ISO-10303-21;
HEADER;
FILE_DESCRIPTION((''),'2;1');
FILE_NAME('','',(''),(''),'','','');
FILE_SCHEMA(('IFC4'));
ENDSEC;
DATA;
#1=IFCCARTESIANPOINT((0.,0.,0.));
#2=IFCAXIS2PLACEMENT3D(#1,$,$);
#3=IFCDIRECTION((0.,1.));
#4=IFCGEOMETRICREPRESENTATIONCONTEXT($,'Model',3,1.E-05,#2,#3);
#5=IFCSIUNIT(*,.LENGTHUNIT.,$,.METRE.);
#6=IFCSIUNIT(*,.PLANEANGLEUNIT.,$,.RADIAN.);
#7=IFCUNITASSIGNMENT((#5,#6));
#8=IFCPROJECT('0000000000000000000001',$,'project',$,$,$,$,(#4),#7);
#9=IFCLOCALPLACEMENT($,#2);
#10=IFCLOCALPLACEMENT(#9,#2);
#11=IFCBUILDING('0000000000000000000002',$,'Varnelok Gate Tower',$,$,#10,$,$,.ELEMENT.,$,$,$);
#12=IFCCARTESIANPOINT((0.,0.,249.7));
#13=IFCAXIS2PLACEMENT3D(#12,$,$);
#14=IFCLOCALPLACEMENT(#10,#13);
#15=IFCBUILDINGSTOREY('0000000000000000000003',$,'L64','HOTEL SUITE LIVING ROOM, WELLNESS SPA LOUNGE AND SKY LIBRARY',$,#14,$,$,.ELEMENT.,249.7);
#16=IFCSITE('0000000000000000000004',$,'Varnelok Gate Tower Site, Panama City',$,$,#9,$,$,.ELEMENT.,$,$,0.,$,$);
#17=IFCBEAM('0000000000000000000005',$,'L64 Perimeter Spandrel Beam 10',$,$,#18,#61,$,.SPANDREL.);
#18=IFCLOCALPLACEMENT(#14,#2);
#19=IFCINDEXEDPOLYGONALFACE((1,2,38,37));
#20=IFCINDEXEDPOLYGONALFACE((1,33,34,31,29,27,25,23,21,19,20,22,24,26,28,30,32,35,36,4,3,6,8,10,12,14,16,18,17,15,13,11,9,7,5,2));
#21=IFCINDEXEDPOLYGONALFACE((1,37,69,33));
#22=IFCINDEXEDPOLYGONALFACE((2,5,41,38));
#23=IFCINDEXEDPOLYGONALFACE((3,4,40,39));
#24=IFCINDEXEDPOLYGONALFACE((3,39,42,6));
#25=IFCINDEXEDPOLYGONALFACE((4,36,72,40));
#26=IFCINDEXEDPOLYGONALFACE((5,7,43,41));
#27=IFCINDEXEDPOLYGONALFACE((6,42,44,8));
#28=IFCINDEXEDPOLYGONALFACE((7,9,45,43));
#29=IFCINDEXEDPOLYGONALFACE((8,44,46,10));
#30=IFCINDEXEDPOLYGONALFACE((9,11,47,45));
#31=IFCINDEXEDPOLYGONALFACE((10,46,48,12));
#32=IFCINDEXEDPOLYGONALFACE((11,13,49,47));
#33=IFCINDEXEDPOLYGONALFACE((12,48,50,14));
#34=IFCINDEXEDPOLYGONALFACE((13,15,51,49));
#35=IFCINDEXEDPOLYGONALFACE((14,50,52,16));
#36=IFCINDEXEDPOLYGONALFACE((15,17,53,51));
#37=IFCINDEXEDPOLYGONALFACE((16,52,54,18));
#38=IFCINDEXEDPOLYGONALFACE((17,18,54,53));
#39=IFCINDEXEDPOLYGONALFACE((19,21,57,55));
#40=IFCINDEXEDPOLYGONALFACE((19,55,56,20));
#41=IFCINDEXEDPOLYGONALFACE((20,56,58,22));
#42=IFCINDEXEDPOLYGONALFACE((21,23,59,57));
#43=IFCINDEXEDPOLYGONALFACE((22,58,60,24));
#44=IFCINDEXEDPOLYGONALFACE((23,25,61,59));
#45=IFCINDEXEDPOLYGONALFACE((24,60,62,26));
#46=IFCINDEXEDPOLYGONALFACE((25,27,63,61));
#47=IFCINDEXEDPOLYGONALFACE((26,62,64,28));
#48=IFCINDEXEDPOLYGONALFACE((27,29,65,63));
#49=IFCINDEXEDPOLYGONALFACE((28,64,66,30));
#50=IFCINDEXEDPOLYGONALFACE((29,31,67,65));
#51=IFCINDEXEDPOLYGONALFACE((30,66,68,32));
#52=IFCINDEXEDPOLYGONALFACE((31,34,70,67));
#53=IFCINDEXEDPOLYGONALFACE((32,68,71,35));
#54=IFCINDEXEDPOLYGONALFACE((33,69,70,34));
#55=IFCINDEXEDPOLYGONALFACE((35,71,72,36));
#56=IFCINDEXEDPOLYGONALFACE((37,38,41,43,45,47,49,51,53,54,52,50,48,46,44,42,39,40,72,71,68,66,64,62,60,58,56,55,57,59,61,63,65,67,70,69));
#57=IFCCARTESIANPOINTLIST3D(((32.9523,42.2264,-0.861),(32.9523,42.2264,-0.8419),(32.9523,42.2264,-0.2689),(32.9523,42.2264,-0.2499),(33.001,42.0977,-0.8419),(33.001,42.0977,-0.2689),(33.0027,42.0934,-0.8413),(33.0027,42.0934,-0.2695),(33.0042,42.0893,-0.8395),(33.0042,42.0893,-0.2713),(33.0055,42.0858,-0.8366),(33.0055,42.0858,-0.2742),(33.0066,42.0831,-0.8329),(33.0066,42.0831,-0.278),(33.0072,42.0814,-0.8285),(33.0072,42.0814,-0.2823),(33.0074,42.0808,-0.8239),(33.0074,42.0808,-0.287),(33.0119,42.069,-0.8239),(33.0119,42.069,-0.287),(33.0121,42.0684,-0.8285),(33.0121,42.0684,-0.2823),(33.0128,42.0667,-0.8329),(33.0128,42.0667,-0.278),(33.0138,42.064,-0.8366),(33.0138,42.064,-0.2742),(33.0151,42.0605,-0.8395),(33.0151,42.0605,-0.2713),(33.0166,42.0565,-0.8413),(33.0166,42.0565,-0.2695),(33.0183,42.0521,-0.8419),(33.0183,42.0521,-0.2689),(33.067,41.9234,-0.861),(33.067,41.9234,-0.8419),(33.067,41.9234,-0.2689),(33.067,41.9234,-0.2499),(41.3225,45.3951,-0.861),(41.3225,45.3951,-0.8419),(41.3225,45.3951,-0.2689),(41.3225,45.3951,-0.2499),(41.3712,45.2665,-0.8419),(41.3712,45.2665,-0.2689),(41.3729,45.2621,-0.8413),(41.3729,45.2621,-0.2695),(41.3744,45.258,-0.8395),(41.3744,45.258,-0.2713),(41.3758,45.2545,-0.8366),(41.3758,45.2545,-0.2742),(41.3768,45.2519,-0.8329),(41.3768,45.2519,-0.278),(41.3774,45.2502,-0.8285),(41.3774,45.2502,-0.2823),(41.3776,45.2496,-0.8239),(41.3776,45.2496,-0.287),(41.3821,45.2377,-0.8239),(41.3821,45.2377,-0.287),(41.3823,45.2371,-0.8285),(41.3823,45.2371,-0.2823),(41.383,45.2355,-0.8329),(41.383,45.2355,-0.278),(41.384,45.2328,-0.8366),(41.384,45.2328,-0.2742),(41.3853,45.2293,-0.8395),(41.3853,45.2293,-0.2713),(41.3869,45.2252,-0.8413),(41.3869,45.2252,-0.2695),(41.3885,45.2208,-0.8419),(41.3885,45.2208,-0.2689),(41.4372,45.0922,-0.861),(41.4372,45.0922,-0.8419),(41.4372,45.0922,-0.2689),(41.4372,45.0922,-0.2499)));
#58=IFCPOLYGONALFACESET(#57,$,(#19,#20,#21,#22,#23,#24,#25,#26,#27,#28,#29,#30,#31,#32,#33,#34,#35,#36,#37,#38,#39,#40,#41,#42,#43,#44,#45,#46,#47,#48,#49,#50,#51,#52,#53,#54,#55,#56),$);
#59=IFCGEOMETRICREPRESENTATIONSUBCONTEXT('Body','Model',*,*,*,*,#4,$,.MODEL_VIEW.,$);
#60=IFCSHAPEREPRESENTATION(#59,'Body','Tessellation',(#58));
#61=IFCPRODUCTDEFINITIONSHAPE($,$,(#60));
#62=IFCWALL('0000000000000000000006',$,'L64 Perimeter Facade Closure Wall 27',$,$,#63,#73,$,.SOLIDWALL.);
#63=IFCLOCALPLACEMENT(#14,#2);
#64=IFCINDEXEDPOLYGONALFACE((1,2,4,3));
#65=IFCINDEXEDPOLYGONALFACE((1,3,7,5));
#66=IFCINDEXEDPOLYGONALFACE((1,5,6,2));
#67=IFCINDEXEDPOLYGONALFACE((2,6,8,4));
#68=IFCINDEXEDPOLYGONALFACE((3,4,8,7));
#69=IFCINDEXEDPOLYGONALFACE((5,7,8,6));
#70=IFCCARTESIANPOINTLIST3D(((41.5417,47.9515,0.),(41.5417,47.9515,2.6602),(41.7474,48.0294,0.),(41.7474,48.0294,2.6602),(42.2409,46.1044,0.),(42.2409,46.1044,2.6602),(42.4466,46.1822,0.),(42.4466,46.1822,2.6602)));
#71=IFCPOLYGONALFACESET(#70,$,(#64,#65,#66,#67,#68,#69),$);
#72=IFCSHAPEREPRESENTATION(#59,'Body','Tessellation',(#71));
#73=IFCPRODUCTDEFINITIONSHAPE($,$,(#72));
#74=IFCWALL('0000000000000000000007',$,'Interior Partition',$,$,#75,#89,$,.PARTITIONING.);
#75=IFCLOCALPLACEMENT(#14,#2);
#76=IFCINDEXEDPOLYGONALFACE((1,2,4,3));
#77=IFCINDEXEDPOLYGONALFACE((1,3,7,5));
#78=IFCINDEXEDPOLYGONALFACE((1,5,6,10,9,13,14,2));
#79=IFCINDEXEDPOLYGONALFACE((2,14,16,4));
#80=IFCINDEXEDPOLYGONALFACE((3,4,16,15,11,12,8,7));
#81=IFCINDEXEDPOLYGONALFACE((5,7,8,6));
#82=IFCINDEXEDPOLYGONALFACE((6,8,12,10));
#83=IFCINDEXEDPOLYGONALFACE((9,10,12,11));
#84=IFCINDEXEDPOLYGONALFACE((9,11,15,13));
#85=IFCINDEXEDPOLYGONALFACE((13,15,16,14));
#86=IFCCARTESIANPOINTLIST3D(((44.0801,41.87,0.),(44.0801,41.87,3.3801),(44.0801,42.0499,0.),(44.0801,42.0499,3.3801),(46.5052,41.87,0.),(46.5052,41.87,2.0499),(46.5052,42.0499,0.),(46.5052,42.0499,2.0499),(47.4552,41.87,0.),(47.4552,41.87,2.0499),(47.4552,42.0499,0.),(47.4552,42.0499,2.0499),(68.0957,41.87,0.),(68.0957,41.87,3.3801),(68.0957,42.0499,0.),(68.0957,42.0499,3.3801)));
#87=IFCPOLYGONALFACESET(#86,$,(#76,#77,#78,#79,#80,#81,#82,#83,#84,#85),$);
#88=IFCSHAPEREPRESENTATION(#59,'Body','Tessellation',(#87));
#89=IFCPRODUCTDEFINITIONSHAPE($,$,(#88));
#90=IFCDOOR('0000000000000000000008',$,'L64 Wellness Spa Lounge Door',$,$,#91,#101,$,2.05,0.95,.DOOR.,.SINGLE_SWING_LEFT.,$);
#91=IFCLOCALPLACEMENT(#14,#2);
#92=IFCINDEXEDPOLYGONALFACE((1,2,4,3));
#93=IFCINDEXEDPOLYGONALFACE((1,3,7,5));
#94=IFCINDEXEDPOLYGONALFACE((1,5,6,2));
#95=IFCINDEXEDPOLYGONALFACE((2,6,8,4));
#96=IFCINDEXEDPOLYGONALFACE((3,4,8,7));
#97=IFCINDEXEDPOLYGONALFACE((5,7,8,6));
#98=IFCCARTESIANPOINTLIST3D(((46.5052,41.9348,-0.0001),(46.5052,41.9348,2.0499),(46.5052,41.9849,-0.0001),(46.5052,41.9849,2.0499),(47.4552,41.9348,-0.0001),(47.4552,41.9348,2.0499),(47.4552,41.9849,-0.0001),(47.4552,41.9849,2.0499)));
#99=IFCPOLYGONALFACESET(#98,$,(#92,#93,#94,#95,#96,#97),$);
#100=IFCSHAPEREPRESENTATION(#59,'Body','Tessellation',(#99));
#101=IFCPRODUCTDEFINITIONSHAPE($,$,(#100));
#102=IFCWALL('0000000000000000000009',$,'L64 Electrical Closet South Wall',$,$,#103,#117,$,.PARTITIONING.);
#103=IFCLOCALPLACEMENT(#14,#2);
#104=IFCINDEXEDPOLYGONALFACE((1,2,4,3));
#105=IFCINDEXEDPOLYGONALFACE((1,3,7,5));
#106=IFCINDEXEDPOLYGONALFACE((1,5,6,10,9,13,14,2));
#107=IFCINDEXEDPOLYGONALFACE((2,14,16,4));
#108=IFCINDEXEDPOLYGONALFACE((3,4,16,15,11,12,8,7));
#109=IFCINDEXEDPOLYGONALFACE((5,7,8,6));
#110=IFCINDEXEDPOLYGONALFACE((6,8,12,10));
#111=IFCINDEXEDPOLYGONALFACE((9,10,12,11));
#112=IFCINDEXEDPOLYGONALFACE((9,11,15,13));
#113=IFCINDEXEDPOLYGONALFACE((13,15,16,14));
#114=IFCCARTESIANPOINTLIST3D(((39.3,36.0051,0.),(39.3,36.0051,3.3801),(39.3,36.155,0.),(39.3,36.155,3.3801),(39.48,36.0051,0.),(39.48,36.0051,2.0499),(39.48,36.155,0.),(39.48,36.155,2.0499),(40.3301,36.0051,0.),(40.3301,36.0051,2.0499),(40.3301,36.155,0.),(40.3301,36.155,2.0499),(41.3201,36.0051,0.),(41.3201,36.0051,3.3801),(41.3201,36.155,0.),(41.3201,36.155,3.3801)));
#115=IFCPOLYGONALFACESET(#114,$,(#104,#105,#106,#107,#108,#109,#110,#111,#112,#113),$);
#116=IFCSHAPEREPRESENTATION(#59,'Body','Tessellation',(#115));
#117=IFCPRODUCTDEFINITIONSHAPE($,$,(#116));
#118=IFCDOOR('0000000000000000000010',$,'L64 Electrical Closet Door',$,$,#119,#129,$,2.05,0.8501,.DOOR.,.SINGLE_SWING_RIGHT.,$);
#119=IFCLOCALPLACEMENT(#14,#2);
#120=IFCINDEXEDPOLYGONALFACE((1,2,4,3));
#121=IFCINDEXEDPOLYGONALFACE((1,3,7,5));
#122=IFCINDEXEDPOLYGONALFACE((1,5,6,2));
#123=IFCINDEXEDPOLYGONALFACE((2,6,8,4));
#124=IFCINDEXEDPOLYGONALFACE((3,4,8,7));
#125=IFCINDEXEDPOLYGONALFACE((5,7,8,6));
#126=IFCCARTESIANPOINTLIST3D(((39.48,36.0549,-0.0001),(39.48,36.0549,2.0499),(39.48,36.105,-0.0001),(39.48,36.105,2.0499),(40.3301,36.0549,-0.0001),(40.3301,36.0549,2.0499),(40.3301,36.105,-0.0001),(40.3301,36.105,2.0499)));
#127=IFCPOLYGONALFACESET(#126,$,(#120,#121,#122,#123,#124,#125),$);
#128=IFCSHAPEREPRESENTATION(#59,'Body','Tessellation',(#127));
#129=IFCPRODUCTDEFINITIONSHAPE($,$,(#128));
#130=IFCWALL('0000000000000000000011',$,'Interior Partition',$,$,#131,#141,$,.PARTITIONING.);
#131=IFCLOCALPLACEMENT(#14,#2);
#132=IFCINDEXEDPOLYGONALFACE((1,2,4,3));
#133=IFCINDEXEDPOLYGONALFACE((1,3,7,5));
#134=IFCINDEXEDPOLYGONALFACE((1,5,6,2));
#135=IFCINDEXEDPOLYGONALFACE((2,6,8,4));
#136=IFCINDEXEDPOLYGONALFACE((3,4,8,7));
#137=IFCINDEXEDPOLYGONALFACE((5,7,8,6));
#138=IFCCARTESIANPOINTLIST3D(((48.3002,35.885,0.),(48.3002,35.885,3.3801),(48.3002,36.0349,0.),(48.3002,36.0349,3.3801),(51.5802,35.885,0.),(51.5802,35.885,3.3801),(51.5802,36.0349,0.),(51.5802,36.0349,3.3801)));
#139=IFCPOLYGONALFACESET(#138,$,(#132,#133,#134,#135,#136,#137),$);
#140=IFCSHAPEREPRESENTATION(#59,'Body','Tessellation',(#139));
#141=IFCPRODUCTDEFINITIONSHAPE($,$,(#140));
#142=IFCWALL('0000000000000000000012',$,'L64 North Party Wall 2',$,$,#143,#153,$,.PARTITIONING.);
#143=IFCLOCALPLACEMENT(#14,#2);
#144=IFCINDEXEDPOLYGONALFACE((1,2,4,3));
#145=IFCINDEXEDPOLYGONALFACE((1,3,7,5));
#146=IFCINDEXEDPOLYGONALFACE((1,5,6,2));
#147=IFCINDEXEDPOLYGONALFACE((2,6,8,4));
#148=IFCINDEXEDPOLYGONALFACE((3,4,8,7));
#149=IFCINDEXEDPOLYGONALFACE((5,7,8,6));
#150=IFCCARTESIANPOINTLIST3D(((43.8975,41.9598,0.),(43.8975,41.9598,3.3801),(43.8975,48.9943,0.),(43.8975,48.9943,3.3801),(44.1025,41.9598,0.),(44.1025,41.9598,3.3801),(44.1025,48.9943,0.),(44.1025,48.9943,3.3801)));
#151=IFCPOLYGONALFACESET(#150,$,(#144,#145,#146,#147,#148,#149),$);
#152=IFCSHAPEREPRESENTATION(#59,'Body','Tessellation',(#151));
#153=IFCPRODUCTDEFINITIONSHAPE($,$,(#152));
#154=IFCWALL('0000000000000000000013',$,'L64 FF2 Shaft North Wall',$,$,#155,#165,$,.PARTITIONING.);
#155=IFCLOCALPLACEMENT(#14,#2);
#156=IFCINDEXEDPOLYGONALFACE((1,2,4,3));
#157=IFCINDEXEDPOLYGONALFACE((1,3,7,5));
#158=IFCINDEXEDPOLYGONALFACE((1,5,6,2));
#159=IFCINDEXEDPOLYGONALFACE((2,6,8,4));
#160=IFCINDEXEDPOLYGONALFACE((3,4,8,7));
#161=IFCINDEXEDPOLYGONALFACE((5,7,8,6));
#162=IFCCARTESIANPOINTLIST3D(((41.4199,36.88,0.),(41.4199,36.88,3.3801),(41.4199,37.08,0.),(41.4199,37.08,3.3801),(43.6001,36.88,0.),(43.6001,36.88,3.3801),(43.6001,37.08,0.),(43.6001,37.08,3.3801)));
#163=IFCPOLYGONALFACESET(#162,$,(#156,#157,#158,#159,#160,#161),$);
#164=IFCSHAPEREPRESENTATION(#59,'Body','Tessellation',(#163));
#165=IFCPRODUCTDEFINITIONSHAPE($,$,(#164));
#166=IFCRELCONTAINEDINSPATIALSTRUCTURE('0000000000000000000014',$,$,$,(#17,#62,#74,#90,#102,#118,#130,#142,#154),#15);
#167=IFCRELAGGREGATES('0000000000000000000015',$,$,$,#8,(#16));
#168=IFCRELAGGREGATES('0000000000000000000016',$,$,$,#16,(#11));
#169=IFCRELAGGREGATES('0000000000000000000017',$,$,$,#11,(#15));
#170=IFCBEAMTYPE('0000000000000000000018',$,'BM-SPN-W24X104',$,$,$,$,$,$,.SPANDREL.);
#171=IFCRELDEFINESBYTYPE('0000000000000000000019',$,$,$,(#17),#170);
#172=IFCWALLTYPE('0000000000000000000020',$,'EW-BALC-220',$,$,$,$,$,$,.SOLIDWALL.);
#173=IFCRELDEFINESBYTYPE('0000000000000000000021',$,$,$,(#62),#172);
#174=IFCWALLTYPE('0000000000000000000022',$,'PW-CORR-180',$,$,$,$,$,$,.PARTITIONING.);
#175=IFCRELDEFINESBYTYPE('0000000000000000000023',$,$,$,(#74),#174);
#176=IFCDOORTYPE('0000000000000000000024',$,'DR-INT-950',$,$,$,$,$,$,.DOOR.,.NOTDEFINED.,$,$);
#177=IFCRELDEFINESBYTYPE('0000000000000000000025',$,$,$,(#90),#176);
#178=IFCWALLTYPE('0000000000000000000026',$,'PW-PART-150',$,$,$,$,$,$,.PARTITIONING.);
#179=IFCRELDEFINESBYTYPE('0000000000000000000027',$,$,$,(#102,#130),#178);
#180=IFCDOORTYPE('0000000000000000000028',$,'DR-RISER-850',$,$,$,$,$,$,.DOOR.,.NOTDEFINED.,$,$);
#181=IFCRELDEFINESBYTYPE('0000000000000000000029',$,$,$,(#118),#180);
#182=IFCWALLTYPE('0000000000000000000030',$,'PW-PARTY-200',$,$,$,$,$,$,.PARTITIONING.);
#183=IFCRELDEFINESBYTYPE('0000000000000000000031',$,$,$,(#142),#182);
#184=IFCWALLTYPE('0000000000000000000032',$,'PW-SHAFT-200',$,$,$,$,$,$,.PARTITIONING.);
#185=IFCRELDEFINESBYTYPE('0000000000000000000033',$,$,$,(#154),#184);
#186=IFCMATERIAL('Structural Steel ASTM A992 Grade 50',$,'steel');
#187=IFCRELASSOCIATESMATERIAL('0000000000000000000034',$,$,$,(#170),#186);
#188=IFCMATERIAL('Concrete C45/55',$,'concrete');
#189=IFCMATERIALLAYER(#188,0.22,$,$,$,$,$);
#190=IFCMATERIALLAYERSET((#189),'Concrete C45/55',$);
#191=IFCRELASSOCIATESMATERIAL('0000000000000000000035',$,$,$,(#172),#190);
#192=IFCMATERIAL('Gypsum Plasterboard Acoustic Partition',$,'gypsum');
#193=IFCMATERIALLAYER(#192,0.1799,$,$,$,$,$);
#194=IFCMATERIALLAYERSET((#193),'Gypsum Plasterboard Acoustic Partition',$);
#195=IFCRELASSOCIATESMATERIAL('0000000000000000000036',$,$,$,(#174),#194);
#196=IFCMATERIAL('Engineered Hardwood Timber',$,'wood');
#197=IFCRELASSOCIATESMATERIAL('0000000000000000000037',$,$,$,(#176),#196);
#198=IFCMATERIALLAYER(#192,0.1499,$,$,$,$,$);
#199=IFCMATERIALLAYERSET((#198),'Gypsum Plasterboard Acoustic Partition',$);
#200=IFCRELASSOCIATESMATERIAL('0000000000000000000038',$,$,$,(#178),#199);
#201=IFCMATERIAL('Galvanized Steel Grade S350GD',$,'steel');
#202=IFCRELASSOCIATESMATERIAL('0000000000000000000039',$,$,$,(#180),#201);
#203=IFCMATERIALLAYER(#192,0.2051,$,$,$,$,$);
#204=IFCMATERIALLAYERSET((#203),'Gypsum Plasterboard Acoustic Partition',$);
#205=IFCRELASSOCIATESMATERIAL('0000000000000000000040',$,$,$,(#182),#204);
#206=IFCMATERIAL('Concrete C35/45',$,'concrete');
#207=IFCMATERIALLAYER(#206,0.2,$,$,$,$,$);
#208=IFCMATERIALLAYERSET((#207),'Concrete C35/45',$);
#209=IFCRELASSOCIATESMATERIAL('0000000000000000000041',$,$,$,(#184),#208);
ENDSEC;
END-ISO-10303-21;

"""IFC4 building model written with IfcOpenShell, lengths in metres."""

from ifc_helpers import new_model, si_unit, direction, frame, frame_2d, origin, origin_2d, place, context, subcontext, project, spatial, rectangle, i_section, extrude, material, layer, layer_set, material_profile, profile_set, type_object, element, fill, save


model = new_model("IFC4")

# Units and contexts
model_context = context("Model", 3, precision=1e-05, world=origin(), true_north=direction((0.0, 1.0)))
body_context = subcontext(model_context, "Body", "Model", "MODEL_VIEW")
ifc_project = project(units=[si_unit("LENGTHUNIT", "METRE"), si_unit("PLANEANGLEUNIT", "RADIAN")], contexts=[model_context])

# Site, building, storey
site_placement = place(None, origin())
site = spatial("IfcSite", under=ifc_project, at=site_placement, Name="Varnelok Gate Tower Site, Panama City", CompositionType="ELEMENT", RefElevation=0.0)
building_placement = place(site_placement, origin())
building = spatial("IfcBuilding", under=site, at=building_placement, Name="Varnelok Gate Tower", CompositionType="ELEMENT")
storey_placement = place(building_placement, frame((0.0, 0.0, 249.7)))
storey = spatial("IfcBuildingStorey", under=building, at=storey_placement, Name="L64", Description="HOTEL SUITE LIVING ROOM, WELLNESS SPA LOUNGE AND SKY LIBRARY", CompositionType="ELEMENT", Elevation=249.7)

# Shared definitions
ifc_material_1 = material(Name="Structural Steel ASTM A992 Grade 50", Category="steel")

# Beam
ifc_material_profile_1 = material_profile(ifc_material_1, i_section(OverallWidth=0.324, OverallDepth=0.6111, WebThickness=0.0127, FlangeThickness=0.019, FilletRadius=0.0181, at=origin_2d()), Name="W24X104")
ifc_profile_set_1 = profile_set([ifc_material_profile_1], Name="Structural Steel ASTM A992 Grade 50")
beam_type_1 = type_object("IfcBeamType", Name="BM-SPN-W24X104", PredefinedType="SPANDREL", material=ifc_profile_set_1)
beam_1_placement = place(storey_placement, frame((41.3799, 45.2437, -0.5554), z_axis=(-0.935226, -0.354051, 0.0), x_axis=(0.354051, -0.935226, 0.0)))
element("IfcBeam", 1, at=beam_1_placement, inside=storey, type_object=beam_type_1, Name="L64 Perimeter Spandrel Beam 10", PredefinedType="SPANDREL", context=body_context, shape_type="SweptSolid", body=[
    extrude(i_section(OverallWidth=0.324, OverallDepth=0.6111, WebThickness=0.0127, FlangeThickness=0.019, FilletRadius=0.0181, at=origin_2d()), origin(), (0.0, 0.0, 1.0), 8.95),
])

# Wall
ifc_material_2 = material(Name="Concrete C45/55", Category="concrete")
ifc_layer_1 = layer(ifc_material_2, 0.22)
ifc_layer_set_1 = layer_set([ifc_layer_1], Name="Concrete C45/55")
wall_type_1 = type_object("IfcWallType", Name="EW-BALC-220", PredefinedType="SOLIDWALL", material=ifc_layer_set_1)
wall_1_placement = place(storey_placement, frame((41.6445, 47.9905, 0.0), z_axis=(0.0, 0.0, 1.0), x_axis=(0.354021, -0.935238, 0.0)))
element("IfcWall", 2, at=wall_1_placement, inside=storey, type_object=wall_type_1, Name="L64 Perimeter Facade Closure Wall 27", PredefinedType="SOLIDWALL", context=body_context, shape_type="SweptSolid", body=[
    extrude(rectangle(XDim=1.9751, YDim=0.22, at=frame_2d((0.9875, 0.0))), origin(), (0.0, 0.0, 1.0), 2.6602),
])

# Walls, openings, doors
ifc_material_3 = material(Name="Gypsum Plasterboard Acoustic Partition", Category="gypsum")
ifc_layer_2 = layer(ifc_material_3, 0.1799)
ifc_layer_set_2 = layer_set([ifc_layer_2], Name="Gypsum Plasterboard Acoustic Partition")
wall_type_2 = type_object("IfcWallType", Name="PW-CORR-180", PredefinedType="PARTITIONING", material=ifc_layer_set_2)
wall_2_placement = place(storey_placement, frame((44.0801, 41.96, 0.0), z_axis=(0.0, 0.0, 1.0), x_axis=(1.0, 0.0, 0.0)))
wall_2 = element("IfcWall", 3, at=wall_2_placement, inside=storey, type_object=wall_type_2, Name="Interior Partition", PredefinedType="PARTITIONING", context=body_context, shape_type="SweptSolid", body=[
    extrude(rectangle(XDim=24.0156, YDim=0.1799, at=frame_2d((12.0078, 0.0))), origin(), (0.0, 0.0, 1.0), 3.3801),
])
opening_1_placement = place(wall_2_placement, frame((2.425, 0.0, 0.0)))
opening_1 = element("IfcOpeningElement", 4, at=opening_1_placement, cuts=wall_2, PredefinedType="OPENING", context=body_context, shape_type="SweptSolid", body=[
    extrude(rectangle(XDim=0.95, YDim=2.05, at=frame_2d((0.4751, 1.0249))), frame((0.0, 0.0999, 0.0), z_axis=(0.0, -1.0, 0.0), x_axis=(1.0, 0.0, 0.0)), (0.0, 0.0, 1.0), 0.2),
])
ifc_material_4 = material(Name="Engineered Hardwood Timber", Category="wood")
door_type_1 = type_object("IfcDoorType", Name="DR-INT-950", OperationType="NOTDEFINED", PredefinedType="DOOR", material=ifc_material_4)
door_1_placement = place(opening_1_placement, origin())
door_1 = element("IfcDoor", 5, at=door_1_placement, inside=storey, type_object=door_type_1, Name="L64 Wellness Spa Lounge Door", OperationType="SINGLE_SWING_LEFT", OverallHeight=2.05, OverallWidth=0.95, PredefinedType="DOOR", context=body_context, shape_type="SweptSolid", body=[
    extrude(rectangle(XDim=0.95, YDim=2.05, at=frame_2d((0.4751, 1.0249))), frame((0.0, 0.0249, 0.0), z_axis=(0.0, -1.0, 0.0), x_axis=(1.0, 0.0, 0.0)), (0.0, 0.0, 1.0), 0.05),
])
fill(opening_1, door_1)
ifc_layer_3 = layer(ifc_material_3, 0.1499)
ifc_layer_set_3 = layer_set([ifc_layer_3], Name="Gypsum Plasterboard Acoustic Partition")
wall_type_3 = type_object("IfcWallType", Name="PW-PART-150", PredefinedType="PARTITIONING", material=ifc_layer_set_3)
wall_3_placement = place(storey_placement, frame((39.3, 36.0801, 0.0), z_axis=(0.0, 0.0, 1.0), x_axis=(1.0, 0.0, 0.0)))
wall_3 = element("IfcWall", 6, at=wall_3_placement, inside=storey, type_object=wall_type_3, Name="L64 Electrical Closet South Wall", PredefinedType="PARTITIONING", context=body_context, shape_type="SweptSolid", body=[
    extrude(rectangle(XDim=2.02, YDim=0.1499, at=frame_2d((1.01, 0.0))), origin(), (0.0, 0.0, 1.0), 3.3801),
])
opening_2_placement = place(wall_3_placement, frame((0.1799, 0.0, 0.0)))
opening_2 = element("IfcOpeningElement", 7, at=opening_2_placement, cuts=wall_3, PredefinedType="OPENING", context=body_context, shape_type="SweptSolid", body=[
    extrude(rectangle(XDim=0.8501, YDim=2.05, at=frame_2d((0.425, 1.0249))), frame((0.0, 0.085, 0.0), z_axis=(0.0, -1.0, 0.0), x_axis=(1.0, 0.0, 0.0)), (0.0, 0.0, 1.0), 0.1699),
])
ifc_material_5 = material(Name="Galvanized Steel Grade S350GD", Category="steel")
door_type_2 = type_object("IfcDoorType", Name="DR-RISER-850", OperationType="NOTDEFINED", PredefinedType="DOOR", material=ifc_material_5)
door_2_placement = place(opening_2_placement, origin())
door_2 = element("IfcDoor", 8, at=door_2_placement, inside=storey, type_object=door_type_2, Name="L64 Electrical Closet Door", OperationType="SINGLE_SWING_RIGHT", OverallHeight=2.05, OverallWidth=0.8501, PredefinedType="DOOR", context=body_context, shape_type="SweptSolid", body=[
    extrude(rectangle(XDim=0.8501, YDim=2.05, at=frame_2d((0.425, 1.0249))), frame((0.0, 0.0249, 0.0), z_axis=(0.0, -1.0, 0.0), x_axis=(1.0, 0.0, 0.0)), (0.0, 0.0, 1.0), 0.05),
])
fill(opening_2, door_2)

# Walls
wall_4_placement = place(storey_placement, frame((48.3, 35.96, 0.0), z_axis=(0.0, 0.0, 1.0), x_axis=(1.0, 0.0, 0.0)))
element("IfcWall", 9, at=wall_4_placement, inside=storey, type_object=wall_type_3, Name="Interior Partition", PredefinedType="PARTITIONING", context=body_context, shape_type="SweptSolid", body=[
    extrude(rectangle(XDim=3.28, YDim=0.1499, at=frame_2d((1.6401, 0.0))), origin(), (0.0, 0.0, 1.0), 3.3801),
])
ifc_layer_4 = layer(ifc_material_3, 0.2051)
ifc_layer_set_4 = layer_set([ifc_layer_4], Name="Gypsum Plasterboard Acoustic Partition")
wall_type_4 = type_object("IfcWallType", Name="PW-PARTY-200", PredefinedType="PARTITIONING", material=ifc_layer_set_4)
wall_5_placement = place(storey_placement, frame((44.0, 41.96, 0.0), z_axis=(0.0, 0.0, 1.0), x_axis=(0.0, 1.0, 0.0)))
element("IfcWall", 10, at=wall_5_placement, inside=storey, type_object=wall_type_4, Name="L64 North Party Wall 2", PredefinedType="PARTITIONING", context=body_context, shape_type="SweptSolid", body=[
    extrude(rectangle(XDim=7.0344, YDim=0.2051, at=frame_2d((3.5171, 0.0))), origin(), (0.0, 0.0, 1.0), 3.3801),
])
ifc_material_6 = material(Name="Concrete C35/45", Category="concrete")
ifc_layer_5 = layer(ifc_material_6, 0.2)
ifc_layer_set_5 = layer_set([ifc_layer_5], Name="Concrete C35/45")
wall_type_5 = type_object("IfcWallType", Name="PW-SHAFT-200", PredefinedType="PARTITIONING", material=ifc_layer_set_5)
wall_6_placement = place(storey_placement, frame((41.4199, 36.98, 0.0), z_axis=(0.0, 0.0, 1.0), x_axis=(1.0, 0.0, 0.0)))
element("IfcWall", 11, at=wall_6_placement, inside=storey, type_object=wall_type_5, Name="L64 FF2 Shaft North Wall", PredefinedType="PARTITIONING", context=body_context, shape_type="SweptSolid", body=[
    extrude(rectangle(XDim=2.1802, YDim=0.2, at=frame_2d((1.0901, 0.0))), origin(), (0.0, 0.0, 1.0), 3.3801),
])

save(model, "model.ifc")
